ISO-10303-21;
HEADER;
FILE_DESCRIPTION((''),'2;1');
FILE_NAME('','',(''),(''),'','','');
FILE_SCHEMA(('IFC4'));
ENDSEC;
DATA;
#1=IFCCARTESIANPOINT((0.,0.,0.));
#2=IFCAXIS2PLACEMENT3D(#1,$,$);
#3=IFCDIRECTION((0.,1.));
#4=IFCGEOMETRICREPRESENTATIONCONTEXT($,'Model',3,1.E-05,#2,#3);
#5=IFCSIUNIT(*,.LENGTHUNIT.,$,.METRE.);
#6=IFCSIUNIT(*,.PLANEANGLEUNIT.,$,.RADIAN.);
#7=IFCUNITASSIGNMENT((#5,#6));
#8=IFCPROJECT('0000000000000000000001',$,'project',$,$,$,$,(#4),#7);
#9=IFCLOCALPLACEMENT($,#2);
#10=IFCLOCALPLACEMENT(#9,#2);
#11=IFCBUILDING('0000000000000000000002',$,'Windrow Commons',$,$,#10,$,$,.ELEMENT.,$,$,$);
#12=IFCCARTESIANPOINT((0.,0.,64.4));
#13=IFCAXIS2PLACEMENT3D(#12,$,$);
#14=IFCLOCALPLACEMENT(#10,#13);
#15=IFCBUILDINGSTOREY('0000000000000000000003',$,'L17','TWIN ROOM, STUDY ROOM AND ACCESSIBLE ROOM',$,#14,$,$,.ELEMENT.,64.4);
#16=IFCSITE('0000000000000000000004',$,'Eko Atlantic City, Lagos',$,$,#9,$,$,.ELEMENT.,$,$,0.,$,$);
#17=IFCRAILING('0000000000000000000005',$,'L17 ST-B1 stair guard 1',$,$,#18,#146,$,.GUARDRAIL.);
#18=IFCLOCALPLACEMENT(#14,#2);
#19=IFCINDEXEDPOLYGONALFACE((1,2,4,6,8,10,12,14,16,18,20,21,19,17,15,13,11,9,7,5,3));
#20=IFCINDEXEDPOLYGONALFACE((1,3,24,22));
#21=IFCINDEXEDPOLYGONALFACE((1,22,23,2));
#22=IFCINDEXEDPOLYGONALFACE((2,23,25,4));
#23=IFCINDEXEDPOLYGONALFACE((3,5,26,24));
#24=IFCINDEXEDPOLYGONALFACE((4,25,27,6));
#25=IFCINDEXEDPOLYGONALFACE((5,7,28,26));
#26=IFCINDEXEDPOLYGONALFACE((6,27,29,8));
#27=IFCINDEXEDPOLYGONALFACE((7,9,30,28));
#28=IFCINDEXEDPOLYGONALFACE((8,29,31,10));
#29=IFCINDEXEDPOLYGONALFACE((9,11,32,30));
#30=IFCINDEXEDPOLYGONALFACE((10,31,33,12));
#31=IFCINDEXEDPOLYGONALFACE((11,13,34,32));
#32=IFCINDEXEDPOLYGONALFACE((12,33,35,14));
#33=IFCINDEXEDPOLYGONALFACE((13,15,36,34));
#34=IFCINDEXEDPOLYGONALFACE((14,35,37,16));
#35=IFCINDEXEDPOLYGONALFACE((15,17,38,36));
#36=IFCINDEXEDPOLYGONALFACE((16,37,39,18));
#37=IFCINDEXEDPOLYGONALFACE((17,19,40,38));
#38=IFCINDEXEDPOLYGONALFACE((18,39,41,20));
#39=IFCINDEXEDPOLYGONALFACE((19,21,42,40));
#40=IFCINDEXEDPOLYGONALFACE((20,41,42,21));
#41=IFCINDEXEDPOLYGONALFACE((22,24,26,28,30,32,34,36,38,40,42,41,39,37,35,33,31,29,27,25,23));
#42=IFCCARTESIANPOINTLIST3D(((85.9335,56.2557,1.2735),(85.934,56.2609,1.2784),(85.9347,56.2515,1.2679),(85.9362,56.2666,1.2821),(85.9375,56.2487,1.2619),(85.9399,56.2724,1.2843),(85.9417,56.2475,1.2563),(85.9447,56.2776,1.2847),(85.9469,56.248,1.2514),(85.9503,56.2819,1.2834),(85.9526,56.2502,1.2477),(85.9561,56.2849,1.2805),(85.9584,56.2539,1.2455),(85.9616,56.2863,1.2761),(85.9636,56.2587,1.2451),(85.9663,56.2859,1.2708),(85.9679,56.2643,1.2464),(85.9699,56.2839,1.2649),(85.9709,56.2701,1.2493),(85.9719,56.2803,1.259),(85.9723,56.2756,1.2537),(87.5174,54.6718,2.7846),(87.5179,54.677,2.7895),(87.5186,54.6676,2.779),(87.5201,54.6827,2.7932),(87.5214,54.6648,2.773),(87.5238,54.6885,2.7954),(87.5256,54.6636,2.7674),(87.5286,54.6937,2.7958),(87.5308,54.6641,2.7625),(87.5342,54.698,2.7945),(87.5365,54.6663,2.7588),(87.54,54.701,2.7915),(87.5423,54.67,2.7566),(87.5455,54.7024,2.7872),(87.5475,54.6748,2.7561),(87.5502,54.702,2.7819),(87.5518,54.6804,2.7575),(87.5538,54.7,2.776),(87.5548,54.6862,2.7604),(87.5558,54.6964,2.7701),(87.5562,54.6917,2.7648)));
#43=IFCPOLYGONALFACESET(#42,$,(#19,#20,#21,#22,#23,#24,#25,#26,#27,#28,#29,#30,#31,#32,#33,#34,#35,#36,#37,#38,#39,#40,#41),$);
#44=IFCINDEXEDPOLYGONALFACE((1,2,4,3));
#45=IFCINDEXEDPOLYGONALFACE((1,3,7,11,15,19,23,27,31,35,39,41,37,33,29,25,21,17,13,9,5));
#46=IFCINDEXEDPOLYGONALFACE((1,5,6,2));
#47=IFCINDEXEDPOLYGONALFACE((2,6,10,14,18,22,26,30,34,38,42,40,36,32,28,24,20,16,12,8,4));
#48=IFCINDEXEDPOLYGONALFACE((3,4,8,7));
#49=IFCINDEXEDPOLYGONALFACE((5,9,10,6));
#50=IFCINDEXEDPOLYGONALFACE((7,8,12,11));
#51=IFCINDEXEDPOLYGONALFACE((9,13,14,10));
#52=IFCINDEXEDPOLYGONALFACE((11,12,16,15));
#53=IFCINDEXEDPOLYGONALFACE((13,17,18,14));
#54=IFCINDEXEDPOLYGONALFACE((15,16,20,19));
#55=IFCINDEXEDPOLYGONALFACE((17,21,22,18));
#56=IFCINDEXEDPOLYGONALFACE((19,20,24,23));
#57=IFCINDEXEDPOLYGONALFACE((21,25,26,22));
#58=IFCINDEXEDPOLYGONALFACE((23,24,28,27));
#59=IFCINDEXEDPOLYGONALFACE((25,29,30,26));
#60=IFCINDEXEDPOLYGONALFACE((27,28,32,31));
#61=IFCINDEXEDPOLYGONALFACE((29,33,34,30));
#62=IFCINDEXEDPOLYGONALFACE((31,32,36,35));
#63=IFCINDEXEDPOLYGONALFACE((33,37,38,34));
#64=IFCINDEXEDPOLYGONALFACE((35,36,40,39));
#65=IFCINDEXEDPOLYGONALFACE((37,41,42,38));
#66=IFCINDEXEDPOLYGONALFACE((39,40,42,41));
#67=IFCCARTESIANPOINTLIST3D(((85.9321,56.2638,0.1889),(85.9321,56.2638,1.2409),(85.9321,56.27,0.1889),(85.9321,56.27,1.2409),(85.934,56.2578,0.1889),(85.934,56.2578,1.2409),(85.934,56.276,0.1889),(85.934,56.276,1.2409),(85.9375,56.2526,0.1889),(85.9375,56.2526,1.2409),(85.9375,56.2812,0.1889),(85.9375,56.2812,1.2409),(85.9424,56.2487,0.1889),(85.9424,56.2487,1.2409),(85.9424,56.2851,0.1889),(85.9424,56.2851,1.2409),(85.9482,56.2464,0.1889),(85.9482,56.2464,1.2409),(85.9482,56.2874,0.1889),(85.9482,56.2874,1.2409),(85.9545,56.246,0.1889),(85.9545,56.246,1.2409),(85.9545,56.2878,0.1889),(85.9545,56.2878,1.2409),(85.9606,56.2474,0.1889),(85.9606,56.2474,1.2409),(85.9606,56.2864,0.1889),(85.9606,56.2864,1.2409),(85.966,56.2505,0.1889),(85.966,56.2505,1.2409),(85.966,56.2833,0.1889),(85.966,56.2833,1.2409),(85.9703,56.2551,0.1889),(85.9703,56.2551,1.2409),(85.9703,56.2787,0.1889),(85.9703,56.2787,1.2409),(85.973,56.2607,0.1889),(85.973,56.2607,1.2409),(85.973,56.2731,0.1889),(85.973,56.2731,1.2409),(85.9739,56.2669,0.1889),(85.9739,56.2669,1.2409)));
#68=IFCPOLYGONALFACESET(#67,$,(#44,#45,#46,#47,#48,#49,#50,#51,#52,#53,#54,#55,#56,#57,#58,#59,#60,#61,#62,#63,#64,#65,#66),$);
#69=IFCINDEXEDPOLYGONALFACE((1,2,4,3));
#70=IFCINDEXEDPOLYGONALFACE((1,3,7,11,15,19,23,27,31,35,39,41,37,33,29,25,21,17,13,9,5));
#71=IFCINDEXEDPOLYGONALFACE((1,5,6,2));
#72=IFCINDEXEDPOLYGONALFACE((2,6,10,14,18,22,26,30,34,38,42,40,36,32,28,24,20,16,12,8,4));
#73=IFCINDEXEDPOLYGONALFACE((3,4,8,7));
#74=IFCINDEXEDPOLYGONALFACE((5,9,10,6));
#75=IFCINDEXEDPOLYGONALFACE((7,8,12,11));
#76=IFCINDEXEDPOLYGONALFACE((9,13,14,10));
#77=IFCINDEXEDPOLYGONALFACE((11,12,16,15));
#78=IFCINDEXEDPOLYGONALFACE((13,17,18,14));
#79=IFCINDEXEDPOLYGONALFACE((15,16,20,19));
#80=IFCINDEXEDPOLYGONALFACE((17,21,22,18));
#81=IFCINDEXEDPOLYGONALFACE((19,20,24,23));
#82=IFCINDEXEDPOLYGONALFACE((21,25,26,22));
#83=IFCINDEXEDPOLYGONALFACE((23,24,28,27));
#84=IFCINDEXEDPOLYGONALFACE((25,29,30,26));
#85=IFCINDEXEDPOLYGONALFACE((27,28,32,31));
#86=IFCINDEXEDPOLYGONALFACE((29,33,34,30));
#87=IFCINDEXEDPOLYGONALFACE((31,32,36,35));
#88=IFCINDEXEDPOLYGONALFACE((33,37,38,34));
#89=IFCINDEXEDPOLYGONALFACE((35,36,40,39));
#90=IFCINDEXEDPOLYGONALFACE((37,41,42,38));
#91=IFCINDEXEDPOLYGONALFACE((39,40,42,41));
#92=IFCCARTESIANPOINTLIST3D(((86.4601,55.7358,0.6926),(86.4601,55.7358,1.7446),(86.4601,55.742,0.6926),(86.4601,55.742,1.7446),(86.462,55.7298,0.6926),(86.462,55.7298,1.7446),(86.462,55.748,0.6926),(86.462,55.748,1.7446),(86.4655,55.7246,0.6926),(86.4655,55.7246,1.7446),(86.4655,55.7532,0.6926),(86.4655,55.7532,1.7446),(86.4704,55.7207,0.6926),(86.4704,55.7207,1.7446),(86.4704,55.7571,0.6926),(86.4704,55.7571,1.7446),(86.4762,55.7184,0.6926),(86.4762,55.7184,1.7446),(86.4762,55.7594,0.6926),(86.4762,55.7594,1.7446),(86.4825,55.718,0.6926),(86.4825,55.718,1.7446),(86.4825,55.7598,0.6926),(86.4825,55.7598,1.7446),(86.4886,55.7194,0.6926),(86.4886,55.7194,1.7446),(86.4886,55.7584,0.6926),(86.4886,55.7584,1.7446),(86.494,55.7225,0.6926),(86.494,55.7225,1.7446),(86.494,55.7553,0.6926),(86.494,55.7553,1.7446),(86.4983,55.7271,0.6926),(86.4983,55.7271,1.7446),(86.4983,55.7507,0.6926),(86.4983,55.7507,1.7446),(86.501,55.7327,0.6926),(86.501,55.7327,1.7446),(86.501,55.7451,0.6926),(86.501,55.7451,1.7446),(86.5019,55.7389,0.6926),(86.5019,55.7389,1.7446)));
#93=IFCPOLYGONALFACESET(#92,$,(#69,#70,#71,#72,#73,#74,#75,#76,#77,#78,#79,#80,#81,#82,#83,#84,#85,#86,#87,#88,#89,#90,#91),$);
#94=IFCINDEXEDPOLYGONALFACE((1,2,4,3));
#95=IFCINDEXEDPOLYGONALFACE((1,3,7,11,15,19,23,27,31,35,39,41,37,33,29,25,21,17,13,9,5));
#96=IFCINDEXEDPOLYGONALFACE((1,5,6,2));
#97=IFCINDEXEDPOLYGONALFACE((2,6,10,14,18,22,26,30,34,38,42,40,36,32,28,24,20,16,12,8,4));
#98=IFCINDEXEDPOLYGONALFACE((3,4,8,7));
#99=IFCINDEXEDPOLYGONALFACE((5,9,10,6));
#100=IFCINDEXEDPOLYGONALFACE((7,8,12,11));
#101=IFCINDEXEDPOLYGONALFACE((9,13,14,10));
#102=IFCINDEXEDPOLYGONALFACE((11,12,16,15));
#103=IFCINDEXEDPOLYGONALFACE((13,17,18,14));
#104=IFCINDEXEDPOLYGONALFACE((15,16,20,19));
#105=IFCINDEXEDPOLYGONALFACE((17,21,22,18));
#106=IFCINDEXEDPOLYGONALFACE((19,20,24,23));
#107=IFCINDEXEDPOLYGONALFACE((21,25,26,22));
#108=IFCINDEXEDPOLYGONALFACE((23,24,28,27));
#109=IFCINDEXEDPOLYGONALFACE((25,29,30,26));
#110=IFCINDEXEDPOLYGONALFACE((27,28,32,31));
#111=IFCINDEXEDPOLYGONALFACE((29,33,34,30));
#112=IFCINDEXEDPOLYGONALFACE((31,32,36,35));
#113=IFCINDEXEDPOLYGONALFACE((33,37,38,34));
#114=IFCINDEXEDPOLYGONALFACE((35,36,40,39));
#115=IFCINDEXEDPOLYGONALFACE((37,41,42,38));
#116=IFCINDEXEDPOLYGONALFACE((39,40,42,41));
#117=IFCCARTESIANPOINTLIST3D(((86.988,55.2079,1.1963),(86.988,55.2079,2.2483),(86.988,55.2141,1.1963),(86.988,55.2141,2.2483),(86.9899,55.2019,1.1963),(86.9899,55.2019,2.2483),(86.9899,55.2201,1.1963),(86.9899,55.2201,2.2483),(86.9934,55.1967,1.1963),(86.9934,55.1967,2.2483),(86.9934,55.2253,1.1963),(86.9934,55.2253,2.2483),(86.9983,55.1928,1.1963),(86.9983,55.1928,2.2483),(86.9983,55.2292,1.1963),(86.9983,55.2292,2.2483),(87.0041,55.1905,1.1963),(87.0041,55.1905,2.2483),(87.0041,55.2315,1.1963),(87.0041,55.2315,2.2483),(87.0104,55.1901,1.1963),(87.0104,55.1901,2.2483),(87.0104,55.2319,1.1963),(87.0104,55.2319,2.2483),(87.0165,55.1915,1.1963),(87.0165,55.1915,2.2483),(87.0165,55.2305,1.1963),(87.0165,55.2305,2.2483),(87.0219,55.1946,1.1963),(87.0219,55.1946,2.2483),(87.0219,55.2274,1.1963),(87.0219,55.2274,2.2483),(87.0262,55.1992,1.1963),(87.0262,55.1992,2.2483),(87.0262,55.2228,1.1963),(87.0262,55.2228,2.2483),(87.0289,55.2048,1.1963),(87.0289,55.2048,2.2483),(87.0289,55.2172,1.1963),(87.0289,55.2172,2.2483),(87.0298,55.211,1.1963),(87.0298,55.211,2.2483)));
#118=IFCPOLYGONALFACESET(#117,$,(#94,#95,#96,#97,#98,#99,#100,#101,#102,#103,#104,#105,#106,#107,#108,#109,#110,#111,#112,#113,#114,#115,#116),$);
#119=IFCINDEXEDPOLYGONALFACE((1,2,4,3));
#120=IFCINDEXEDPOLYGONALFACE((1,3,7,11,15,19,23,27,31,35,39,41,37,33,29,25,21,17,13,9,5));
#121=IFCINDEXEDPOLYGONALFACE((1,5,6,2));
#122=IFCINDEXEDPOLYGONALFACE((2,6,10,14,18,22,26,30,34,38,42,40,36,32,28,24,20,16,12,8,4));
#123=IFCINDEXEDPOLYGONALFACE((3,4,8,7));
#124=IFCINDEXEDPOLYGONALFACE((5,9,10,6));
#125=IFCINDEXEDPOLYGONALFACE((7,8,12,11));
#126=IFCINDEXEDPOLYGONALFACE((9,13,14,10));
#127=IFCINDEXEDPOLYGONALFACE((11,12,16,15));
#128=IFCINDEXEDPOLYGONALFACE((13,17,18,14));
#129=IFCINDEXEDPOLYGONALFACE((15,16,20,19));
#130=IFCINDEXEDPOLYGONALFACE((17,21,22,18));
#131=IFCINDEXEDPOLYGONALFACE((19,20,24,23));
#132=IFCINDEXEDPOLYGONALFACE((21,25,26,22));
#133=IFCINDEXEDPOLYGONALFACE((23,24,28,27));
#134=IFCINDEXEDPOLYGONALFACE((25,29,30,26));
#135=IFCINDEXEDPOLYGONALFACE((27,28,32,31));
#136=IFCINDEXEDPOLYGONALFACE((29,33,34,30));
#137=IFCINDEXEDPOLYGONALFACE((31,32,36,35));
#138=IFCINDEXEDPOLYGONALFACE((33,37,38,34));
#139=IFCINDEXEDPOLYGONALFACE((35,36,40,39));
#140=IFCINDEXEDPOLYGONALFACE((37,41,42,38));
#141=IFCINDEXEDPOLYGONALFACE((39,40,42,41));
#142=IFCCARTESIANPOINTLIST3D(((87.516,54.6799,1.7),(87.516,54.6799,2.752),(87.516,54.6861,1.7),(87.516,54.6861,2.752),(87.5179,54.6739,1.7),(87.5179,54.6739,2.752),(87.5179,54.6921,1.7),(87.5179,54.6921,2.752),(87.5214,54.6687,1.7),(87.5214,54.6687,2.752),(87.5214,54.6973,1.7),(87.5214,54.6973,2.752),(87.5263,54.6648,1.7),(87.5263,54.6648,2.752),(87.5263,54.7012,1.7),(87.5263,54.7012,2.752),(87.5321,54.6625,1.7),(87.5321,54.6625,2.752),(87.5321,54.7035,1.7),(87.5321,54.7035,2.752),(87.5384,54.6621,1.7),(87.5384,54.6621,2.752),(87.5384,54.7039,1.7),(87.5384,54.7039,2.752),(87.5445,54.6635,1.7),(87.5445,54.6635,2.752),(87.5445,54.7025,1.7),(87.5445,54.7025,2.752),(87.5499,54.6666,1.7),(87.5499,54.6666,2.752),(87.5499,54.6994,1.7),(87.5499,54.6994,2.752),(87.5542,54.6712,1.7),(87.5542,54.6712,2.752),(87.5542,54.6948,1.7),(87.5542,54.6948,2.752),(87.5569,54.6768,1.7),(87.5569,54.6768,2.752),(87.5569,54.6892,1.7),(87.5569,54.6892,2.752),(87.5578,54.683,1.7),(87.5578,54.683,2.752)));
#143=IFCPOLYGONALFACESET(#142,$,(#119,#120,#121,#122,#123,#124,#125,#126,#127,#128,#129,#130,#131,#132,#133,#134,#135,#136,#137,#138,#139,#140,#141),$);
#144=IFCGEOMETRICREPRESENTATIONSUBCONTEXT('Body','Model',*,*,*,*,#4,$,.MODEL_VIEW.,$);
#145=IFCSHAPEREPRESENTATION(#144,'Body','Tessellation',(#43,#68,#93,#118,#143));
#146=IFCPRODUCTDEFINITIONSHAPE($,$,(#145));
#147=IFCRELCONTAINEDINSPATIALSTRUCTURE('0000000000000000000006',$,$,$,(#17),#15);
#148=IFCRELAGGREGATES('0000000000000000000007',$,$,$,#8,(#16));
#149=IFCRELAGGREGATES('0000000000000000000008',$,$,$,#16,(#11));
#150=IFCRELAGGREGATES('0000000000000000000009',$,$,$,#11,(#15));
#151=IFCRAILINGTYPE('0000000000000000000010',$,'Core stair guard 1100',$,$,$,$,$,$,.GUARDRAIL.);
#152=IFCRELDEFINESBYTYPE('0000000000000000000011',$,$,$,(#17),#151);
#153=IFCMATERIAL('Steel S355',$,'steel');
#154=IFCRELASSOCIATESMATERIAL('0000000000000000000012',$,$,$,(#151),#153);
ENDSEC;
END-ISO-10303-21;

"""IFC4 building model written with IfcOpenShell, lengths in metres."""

from ifc_helpers import new_model, si_unit, direction, frame, origin, origin_2d, place, context, subcontext, project, spatial, circle, extrude, material, type_object, element, save


model = new_model("IFC4")

# Units and contexts
model_context = context("Model", 3, precision=1e-05, world=origin(), true_north=direction((0.0, 1.0)))
body_context = subcontext(model_context, "Body", "Model", "MODEL_VIEW")
ifc_project = project(units=[si_unit("LENGTHUNIT", "METRE"), si_unit("PLANEANGLEUNIT", "RADIAN")], contexts=[model_context])

# Site, building, storey
site_placement = place(None, origin())
site = spatial("IfcSite", under=ifc_project, at=site_placement, Name="Eko Atlantic City, Lagos", CompositionType="ELEMENT", RefElevation=0.0)
building_placement = place(site_placement, origin())
building = spatial("IfcBuilding", under=site, at=building_placement, Name="Windrow Commons", CompositionType="ELEMENT")
storey_placement = place(building_placement, frame((0.0, 0.0, 64.4)))
storey = spatial("IfcBuildingStorey", under=building, at=storey_placement, Name="L17", Description="TWIN ROOM, STUDY ROOM AND ACCESSIBLE ROOM", CompositionType="ELEMENT", Elevation=64.4)

# Railing
ifc_material_1 = material(Name="Steel S355", Category="steel")
railing_type = type_object("IfcRailingType", Name="Core stair guard 1100", PredefinedType="GUARDRAIL", material=ifc_material_1)
railing_placement = place(storey_placement, frame((85.9529, 56.2669, 0.1889)))
element("IfcRailing", 1, at=railing_placement, inside=storey, type_object=railing_type, Name="L17 ST-B1 stair guard 1", PredefinedType="GUARDRAIL", context=body_context, shape_type="SweptSolid", body=[
    extrude(circle(Radius=0.024, at=origin_2d()), frame((0.0, 0.0, 1.076), z_axis=(0.586191, -0.586191, 0.559249), x_axis=(0.707107, 0.707107, 0.0)), (0.0, 0.0, 1.0), 2.702),
    extrude(circle(Radius=0.021, at=origin_2d()), origin(), (0.0, 0.0, 1.0), 1.052),
    extrude(circle(Radius=0.021, at=origin_2d()), frame((0.528, -0.528, 0.5037)), (0.0, 0.0, 1.0), 1.052),
    extrude(circle(Radius=0.021, at=origin_2d()), frame((1.0559, -1.0559, 1.0074)), (0.0, 0.0, 1.0), 1.052),
    extrude(circle(Radius=0.021, at=origin_2d()), frame((1.5839, -1.5839, 1.5111)), (0.0, 0.0, 1.0), 1.052),
])

save(model, "model.ifc")
